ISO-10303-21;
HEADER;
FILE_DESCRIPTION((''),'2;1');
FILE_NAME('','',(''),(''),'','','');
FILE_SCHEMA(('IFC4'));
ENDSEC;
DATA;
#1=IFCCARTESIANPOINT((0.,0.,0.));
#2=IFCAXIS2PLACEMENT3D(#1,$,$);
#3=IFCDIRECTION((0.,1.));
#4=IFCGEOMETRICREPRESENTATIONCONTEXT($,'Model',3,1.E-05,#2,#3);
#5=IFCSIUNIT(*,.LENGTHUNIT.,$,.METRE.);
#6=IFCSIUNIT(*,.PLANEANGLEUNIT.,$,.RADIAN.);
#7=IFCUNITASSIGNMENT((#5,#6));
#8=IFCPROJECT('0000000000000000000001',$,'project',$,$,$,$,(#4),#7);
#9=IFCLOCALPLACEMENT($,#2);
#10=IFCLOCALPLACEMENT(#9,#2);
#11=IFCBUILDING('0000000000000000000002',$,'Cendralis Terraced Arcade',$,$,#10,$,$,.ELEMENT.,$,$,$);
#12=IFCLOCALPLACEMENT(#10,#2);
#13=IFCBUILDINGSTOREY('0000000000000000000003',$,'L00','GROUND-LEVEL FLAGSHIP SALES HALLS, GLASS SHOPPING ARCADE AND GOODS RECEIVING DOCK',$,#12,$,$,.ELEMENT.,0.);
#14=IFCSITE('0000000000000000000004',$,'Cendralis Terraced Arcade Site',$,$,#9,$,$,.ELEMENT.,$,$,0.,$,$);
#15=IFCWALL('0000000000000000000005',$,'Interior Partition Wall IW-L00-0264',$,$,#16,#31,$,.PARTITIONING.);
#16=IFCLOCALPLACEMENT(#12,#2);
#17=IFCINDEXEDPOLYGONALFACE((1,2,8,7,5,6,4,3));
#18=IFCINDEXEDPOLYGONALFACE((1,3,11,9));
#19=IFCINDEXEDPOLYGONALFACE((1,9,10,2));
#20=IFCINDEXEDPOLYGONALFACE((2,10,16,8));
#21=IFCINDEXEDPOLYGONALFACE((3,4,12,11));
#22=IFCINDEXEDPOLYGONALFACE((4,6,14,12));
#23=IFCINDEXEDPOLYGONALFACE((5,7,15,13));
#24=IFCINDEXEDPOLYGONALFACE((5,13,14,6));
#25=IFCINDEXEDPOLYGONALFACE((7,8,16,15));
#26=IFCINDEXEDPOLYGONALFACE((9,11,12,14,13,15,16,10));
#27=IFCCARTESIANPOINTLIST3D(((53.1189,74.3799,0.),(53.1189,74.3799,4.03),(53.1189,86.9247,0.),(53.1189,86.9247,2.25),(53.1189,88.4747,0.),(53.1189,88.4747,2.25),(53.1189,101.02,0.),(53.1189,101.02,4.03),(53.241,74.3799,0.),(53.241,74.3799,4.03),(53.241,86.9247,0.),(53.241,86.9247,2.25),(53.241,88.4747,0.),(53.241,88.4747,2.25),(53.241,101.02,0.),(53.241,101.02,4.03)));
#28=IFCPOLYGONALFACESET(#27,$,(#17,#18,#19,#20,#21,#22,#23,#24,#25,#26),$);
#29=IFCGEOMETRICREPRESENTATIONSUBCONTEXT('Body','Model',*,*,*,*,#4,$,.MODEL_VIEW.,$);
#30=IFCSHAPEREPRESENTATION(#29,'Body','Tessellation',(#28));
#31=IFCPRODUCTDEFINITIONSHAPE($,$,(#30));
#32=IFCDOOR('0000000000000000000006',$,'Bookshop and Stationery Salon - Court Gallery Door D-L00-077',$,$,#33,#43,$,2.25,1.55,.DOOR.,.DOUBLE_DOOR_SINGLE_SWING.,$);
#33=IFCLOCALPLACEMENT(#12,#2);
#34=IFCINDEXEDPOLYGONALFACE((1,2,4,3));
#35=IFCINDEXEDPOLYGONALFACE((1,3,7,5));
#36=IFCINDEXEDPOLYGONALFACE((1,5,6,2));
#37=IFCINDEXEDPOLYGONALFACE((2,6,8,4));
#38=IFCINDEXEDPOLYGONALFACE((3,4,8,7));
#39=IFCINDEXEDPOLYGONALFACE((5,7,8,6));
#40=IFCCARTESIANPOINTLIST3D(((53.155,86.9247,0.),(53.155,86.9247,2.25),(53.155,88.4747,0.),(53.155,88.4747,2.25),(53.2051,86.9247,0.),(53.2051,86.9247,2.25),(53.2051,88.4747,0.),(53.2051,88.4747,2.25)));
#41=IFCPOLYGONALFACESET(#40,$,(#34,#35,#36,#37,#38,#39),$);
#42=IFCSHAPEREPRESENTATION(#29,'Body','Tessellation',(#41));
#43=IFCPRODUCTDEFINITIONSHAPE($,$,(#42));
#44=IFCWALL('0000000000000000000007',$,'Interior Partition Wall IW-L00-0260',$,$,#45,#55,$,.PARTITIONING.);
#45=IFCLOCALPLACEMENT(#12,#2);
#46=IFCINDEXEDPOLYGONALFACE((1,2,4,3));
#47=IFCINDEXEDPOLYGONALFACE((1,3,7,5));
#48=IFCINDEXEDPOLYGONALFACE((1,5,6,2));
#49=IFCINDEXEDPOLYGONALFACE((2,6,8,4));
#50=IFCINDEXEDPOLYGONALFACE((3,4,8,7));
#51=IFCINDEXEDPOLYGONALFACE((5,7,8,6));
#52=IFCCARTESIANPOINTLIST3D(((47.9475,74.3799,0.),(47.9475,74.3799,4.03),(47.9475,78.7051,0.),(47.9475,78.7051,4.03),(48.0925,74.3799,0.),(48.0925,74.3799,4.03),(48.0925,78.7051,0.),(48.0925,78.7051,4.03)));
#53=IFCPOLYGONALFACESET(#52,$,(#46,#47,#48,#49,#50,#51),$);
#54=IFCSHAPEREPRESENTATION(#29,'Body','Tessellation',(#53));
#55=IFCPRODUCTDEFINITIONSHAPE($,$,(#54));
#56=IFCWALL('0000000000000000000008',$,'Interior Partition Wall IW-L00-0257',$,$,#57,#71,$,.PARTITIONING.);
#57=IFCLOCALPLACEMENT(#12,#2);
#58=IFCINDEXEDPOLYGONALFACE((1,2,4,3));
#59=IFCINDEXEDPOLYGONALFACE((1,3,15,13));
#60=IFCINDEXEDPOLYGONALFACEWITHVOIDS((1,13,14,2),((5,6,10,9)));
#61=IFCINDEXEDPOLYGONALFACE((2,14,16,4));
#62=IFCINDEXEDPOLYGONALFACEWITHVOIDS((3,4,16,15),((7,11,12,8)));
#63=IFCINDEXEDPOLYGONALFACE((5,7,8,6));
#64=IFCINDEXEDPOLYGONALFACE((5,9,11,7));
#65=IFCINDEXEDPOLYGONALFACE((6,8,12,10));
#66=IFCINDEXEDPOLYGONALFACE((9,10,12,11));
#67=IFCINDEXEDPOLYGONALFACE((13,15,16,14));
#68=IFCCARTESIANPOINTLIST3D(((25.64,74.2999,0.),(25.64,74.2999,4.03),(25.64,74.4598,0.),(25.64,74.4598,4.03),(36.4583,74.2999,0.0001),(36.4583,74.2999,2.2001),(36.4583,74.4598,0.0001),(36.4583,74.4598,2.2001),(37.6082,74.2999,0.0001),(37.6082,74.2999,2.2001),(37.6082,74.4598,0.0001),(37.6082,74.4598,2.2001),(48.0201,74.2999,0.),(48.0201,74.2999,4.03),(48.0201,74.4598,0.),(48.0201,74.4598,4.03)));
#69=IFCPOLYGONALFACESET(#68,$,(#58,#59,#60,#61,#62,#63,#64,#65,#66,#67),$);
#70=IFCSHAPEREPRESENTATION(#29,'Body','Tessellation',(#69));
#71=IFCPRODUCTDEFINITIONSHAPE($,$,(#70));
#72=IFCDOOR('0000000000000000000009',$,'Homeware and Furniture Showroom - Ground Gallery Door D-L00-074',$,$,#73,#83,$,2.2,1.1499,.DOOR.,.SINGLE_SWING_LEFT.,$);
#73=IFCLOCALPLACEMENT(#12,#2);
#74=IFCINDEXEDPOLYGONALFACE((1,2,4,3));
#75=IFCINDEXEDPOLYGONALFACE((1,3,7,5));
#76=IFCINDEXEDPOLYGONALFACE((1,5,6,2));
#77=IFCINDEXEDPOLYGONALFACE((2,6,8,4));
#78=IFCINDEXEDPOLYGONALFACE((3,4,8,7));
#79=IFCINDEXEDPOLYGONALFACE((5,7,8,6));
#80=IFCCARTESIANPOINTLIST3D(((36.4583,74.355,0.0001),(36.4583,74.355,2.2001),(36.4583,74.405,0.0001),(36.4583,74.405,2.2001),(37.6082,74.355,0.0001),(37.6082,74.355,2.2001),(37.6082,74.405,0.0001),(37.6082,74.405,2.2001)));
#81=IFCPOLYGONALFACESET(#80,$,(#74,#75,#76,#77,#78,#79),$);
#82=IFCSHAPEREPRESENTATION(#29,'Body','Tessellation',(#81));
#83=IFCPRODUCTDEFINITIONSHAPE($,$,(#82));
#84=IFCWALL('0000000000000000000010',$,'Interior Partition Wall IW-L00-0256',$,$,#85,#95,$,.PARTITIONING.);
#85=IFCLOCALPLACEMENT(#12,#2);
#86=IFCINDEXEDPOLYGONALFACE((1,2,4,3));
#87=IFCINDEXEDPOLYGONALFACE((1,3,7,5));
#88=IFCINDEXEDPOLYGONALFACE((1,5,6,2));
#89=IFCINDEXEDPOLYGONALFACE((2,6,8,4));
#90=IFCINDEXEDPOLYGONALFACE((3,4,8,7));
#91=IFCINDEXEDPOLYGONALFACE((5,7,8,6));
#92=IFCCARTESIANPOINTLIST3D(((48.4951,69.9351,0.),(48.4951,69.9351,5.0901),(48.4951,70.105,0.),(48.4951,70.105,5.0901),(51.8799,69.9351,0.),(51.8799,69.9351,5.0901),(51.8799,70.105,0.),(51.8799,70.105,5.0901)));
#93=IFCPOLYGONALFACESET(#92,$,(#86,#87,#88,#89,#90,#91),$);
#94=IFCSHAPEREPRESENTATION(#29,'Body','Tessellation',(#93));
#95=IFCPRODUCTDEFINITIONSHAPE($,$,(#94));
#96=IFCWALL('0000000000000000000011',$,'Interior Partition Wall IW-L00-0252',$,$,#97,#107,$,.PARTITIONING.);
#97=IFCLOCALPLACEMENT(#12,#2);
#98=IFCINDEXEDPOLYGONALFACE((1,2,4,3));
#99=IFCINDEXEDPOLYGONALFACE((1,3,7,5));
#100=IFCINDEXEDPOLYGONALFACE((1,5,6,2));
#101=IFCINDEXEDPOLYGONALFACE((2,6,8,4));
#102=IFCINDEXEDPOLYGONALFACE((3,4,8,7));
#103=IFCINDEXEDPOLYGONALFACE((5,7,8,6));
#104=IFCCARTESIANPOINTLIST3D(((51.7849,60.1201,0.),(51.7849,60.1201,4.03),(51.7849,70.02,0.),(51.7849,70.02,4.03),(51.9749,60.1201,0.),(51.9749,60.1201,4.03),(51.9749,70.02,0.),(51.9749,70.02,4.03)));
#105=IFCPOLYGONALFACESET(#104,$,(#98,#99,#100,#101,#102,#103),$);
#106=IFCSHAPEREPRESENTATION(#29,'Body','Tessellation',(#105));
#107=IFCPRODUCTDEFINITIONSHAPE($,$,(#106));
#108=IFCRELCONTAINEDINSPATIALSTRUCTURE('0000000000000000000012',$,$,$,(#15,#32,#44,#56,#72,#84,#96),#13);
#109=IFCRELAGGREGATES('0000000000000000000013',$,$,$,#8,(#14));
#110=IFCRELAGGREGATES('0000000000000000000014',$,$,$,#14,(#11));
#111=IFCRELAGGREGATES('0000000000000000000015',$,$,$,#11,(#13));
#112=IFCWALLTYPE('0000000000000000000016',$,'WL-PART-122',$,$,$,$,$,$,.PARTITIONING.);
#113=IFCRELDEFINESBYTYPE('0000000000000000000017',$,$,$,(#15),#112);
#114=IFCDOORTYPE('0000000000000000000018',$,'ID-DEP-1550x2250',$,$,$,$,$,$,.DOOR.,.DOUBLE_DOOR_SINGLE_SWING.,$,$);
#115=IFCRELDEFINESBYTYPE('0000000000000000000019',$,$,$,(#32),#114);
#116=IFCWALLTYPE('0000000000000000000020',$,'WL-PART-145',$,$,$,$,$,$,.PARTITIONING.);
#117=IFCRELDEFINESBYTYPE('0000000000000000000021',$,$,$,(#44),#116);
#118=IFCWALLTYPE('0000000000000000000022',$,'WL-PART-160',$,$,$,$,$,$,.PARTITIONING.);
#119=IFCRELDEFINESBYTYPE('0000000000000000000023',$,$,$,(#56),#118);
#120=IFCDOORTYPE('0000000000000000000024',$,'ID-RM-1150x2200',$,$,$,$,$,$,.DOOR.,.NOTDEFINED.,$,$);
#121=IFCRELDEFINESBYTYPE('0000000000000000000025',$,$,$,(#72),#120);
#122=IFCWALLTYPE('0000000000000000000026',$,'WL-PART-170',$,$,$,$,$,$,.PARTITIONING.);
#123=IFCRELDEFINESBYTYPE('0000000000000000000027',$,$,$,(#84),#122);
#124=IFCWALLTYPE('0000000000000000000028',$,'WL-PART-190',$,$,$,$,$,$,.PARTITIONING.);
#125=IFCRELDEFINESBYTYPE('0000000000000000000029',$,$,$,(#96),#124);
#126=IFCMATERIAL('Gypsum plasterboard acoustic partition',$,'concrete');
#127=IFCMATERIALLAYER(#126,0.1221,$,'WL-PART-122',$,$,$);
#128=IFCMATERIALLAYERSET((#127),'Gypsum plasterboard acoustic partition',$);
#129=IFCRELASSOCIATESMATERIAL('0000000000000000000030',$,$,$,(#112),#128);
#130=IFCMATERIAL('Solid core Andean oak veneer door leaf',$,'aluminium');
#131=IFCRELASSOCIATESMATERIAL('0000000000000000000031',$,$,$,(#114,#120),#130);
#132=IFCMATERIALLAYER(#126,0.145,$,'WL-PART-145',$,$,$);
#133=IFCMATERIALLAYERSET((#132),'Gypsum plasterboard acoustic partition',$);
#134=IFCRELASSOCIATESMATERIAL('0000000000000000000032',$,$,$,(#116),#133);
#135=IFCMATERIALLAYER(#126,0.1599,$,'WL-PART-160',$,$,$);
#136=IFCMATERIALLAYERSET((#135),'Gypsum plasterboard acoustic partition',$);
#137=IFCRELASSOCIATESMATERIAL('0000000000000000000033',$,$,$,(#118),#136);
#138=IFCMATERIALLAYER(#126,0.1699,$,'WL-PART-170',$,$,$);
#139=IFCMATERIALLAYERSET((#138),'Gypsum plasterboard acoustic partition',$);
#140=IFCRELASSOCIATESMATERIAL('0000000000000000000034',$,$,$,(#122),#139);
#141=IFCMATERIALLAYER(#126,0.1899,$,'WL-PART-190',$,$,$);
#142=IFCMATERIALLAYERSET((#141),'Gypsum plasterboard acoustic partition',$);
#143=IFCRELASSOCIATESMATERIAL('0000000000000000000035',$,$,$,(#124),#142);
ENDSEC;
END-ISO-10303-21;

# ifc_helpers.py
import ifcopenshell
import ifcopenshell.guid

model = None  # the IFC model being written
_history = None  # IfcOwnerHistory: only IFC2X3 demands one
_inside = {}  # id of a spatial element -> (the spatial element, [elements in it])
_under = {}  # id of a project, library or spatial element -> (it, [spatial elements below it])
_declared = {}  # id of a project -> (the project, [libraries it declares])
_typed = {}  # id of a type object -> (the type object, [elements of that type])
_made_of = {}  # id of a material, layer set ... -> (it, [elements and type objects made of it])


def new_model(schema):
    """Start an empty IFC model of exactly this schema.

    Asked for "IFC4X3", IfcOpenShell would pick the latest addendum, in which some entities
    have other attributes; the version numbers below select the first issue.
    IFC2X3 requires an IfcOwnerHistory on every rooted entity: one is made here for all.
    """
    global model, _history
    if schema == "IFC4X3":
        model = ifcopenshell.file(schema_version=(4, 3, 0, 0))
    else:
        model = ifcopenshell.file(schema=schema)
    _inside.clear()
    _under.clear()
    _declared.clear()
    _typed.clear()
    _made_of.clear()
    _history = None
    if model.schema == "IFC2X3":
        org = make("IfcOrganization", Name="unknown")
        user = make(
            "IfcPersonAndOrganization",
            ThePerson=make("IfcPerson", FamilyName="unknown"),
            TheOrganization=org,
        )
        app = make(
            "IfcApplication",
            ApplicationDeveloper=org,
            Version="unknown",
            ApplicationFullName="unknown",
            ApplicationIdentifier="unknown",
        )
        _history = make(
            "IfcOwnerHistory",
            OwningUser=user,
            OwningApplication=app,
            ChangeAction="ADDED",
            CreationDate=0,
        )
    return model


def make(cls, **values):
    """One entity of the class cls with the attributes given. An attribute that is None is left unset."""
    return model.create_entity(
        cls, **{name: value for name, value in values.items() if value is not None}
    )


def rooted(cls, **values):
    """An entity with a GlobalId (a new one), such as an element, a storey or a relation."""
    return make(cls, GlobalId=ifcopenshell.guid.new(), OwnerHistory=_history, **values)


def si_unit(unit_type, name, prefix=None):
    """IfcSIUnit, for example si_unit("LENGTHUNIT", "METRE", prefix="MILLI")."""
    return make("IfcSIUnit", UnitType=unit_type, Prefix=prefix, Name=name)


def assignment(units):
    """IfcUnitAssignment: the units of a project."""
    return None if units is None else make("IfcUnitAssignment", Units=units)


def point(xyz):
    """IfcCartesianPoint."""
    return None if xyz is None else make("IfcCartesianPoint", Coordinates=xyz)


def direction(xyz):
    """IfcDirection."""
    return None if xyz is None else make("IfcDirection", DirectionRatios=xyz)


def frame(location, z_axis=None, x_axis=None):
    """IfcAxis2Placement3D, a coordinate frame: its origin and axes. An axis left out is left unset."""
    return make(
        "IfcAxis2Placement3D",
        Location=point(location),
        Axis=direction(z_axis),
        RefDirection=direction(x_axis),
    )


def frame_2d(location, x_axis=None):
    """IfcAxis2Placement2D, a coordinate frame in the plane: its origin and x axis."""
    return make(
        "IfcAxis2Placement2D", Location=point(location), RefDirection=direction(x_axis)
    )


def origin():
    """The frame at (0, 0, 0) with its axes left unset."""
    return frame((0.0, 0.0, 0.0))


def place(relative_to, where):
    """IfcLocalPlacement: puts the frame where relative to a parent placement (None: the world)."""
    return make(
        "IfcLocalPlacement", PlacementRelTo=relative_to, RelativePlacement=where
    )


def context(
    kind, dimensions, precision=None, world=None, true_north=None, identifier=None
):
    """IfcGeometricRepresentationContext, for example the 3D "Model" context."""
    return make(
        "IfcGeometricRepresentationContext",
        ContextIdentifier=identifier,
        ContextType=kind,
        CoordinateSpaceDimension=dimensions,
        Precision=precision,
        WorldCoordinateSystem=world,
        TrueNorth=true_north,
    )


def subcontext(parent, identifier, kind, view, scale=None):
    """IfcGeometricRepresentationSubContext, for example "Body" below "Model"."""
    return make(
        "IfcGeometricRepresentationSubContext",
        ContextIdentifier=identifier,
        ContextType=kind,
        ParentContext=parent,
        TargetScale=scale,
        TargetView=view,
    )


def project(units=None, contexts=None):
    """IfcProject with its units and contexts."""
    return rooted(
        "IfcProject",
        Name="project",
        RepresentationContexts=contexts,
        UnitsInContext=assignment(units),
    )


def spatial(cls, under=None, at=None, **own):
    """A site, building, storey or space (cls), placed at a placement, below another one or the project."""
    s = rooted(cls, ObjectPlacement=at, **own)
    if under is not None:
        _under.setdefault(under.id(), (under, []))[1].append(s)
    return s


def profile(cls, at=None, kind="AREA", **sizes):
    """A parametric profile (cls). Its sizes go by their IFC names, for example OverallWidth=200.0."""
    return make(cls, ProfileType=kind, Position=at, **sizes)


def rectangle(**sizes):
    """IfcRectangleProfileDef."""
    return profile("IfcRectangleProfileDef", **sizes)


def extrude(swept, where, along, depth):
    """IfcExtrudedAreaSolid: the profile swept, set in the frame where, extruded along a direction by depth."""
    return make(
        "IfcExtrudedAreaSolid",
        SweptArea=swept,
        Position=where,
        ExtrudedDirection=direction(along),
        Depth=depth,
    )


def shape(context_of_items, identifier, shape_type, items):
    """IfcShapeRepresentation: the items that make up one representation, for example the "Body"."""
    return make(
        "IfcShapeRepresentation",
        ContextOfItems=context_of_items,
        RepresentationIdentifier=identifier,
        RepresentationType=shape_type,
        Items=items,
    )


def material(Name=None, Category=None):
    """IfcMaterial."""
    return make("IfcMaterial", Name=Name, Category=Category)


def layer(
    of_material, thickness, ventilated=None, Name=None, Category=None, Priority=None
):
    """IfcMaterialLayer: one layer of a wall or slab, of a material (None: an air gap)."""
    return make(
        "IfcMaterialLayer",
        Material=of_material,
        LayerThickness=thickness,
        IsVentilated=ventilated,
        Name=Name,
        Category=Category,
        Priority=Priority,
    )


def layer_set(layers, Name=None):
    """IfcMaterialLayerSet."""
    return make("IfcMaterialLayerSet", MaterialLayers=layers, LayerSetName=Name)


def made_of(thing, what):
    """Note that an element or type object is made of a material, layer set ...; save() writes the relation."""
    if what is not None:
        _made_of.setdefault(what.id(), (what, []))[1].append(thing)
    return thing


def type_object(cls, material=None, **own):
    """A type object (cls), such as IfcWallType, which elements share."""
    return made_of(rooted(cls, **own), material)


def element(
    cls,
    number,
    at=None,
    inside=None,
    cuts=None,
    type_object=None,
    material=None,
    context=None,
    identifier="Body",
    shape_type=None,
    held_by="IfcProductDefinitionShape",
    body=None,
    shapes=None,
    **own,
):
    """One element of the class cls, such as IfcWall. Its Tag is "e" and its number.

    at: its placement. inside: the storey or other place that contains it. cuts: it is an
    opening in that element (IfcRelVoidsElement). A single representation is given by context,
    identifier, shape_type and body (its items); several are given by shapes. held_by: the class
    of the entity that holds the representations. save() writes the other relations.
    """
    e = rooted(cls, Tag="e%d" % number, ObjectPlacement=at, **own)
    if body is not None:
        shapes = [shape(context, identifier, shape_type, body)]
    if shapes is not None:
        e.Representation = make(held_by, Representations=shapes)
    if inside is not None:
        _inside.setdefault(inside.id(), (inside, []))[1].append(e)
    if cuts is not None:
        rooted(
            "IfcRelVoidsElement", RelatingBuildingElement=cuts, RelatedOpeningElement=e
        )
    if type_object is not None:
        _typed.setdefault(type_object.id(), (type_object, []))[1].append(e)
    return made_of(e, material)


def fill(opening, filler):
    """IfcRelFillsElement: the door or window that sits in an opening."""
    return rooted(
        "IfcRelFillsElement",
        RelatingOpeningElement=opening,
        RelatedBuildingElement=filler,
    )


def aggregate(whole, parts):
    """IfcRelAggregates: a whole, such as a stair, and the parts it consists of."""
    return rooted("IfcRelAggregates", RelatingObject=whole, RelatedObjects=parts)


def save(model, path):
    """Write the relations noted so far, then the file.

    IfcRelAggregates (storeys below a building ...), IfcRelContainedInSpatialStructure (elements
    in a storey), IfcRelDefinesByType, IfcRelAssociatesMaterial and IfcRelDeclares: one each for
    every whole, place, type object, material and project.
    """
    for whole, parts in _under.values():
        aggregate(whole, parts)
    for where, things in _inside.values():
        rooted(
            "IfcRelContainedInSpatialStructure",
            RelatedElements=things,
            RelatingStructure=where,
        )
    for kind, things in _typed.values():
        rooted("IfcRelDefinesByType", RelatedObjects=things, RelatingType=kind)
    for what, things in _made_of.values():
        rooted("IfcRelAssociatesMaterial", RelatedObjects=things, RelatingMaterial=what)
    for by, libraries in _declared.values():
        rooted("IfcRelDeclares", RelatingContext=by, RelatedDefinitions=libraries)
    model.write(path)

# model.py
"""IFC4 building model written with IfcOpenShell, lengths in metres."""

from ifc_helpers import new_model, si_unit, direction, frame, frame_2d, origin, place, context, subcontext, project, spatial, rectangle, extrude, material, layer, layer_set, type_object, element, fill, save


model = new_model("IFC4")

# Units and contexts
model_context = context("Model", 3, precision=1e-05, world=origin(), true_north=direction((0.0, 1.0)))
body_context = subcontext(model_context, "Body", "Model", "MODEL_VIEW")
ifc_project = project(units=[si_unit("LENGTHUNIT", "METRE"), si_unit("PLANEANGLEUNIT", "RADIAN")], contexts=[model_context])

# Site, building, storey
site_placement = place(None, origin())
site = spatial("IfcSite", under=ifc_project, at=site_placement, Name="Cendralis Terraced Arcade Site", CompositionType="ELEMENT", RefElevation=0.0)
building_placement = place(site_placement, origin())
building = spatial("IfcBuilding", under=site, at=building_placement, Name="Cendralis Terraced Arcade", CompositionType="ELEMENT")
storey_placement = place(building_placement, origin())
storey = spatial("IfcBuildingStorey", under=building, at=storey_placement, Name="L00", Description="GROUND-LEVEL FLAGSHIP SALES HALLS, GLASS SHOPPING ARCADE AND GOODS RECEIVING DOCK", CompositionType="ELEMENT", Elevation=0.0)

# Shared definitions
ifc_material_1 = material(Name="Gypsum plasterboard acoustic partition", Category="concrete")

# Wall, opening, door
ifc_layer_1 = layer(ifc_material_1, 0.1221, Name="WL-PART-122")
ifc_layer_set_1 = layer_set([ifc_layer_1], Name="Gypsum plasterboard acoustic partition")
wall_type_1 = type_object("IfcWallType", Name="WL-PART-122", PredefinedType="PARTITIONING", material=ifc_layer_set_1)
wall_1_placement = place(storey_placement, frame((53.1799, 74.3799, 0.0), z_axis=(0.0, 0.0, 1.0), x_axis=(0.0, 1.0, 0.0)))
wall_1 = element("IfcWall", 1, at=wall_1_placement, inside=storey, type_object=wall_type_1, Name="Interior Partition Wall IW-L00-0264", PredefinedType="PARTITIONING", context=body_context, shape_type="SweptSolid", body=[
    extrude(rectangle(XDim=26.6401, YDim=0.1221, at=frame_2d((13.3201, 0.0))), origin(), (0.0, 0.0, 1.0), 4.03),
])
opening_1_placement = place(wall_1_placement, frame((12.5449, 0.0, 0.0)))
opening_1 = element("IfcOpeningElement", 2, at=opening_1_placement, cuts=wall_1, PredefinedType="OPENING", context=body_context, shape_type="SweptSolid", body=[
    extrude(rectangle(XDim=1.55, YDim=2.25, at=frame_2d((0.7749, 1.125))), frame((0.0, 0.073, 0.0), z_axis=(0.0, -1.0, 0.0), x_axis=(1.0, 0.0, 0.0)), (0.0, 0.0, 1.0), 0.146),
])
ifc_material_2 = material(Name="Solid core Andean oak veneer door leaf", Category="aluminium")
door_type_1 = type_object("IfcDoorType", Name="ID-DEP-1550x2250", OperationType="DOUBLE_DOOR_SINGLE_SWING", PredefinedType="DOOR", material=ifc_material_2)
door_1_placement = place(opening_1_placement, origin())
door_1 = element("IfcDoor", 3, at=door_1_placement, inside=storey, type_object=door_type_1, Name="Bookshop and Stationery Salon - Court Gallery Door D-L00-077", OperationType="DOUBLE_DOOR_SINGLE_SWING", OverallHeight=2.25, OverallWidth=1.55, PredefinedType="DOOR", context=body_context, shape_type="SweptSolid", body=[
    extrude(rectangle(XDim=1.55, YDim=2.25, at=frame_2d((0.7749, 1.125))), frame((0.0, 0.0249, 0.0), z_axis=(0.0, -1.0, 0.0), x_axis=(1.0, 0.0, 0.0)), (0.0, 0.0, 1.0), 0.05),
])
fill(opening_1, door_1)

# Wall
ifc_layer_2 = layer(ifc_material_1, 0.145, Name="WL-PART-145")
ifc_layer_set_2 = layer_set([ifc_layer_2], Name="Gypsum plasterboard acoustic partition")
wall_type_2 = type_object("IfcWallType", Name="WL-PART-145", PredefinedType="PARTITIONING", material=ifc_layer_set_2)
wall_2_placement = place(storey_placement, frame((48.02, 78.7051, 0.0), z_axis=(0.0, 0.0, 1.0), x_axis=(0.0, -1.0, 0.0)))
element("IfcWall", 4, at=wall_2_placement, inside=storey, type_object=wall_type_2, Name="Interior Partition Wall IW-L00-0260", PredefinedType="PARTITIONING", context=body_context, shape_type="SweptSolid", body=[
    extrude(rectangle(XDim=4.3252, YDim=0.145, at=frame_2d((2.1626, 0.0))), origin(), (0.0, 0.0, 1.0), 4.03),
])

# Wall, opening, door
ifc_layer_3 = layer(ifc_material_1, 0.1599, Name="WL-PART-160")
ifc_layer_set_3 = layer_set([ifc_layer_3], Name="Gypsum plasterboard acoustic partition")
wall_type_3 = type_object("IfcWallType", Name="WL-PART-160", PredefinedType="PARTITIONING", material=ifc_layer_set_3)
wall_3_placement = place(storey_placement, frame((48.02, 74.3799, 0.0), z_axis=(0.0, 0.0, 1.0), x_axis=(-1.0, 0.0, 0.0)))
wall_3 = element("IfcWall", 5, at=wall_3_placement, inside=storey, type_object=wall_type_3, Name="Interior Partition Wall IW-L00-0257", PredefinedType="PARTITIONING", context=body_context, shape_type="SweptSolid", body=[
    extrude(rectangle(XDim=22.3801, YDim=0.1599, at=frame_2d((11.1899, 0.0))), origin(), (0.0, 0.0, 1.0), 4.03),
])
opening_2_placement = place(wall_3_placement, frame((10.4119, 0.0, 0.0)))
opening_2 = element("IfcOpeningElement", 6, at=opening_2_placement, cuts=wall_3, PredefinedType="OPENING", context=body_context, shape_type="SweptSolid", body=[
    extrude(rectangle(XDim=1.1499, YDim=2.2, at=frame_2d((0.575, 1.1001))), frame((0.0, 0.0918, 0.0), z_axis=(0.0, -1.0, 0.0), x_axis=(1.0, 0.0, 0.0)), (0.0, 0.0, 1.0), 0.1838),
])
door_type_2 = type_object("IfcDoorType", Name="ID-RM-1150x2200", OperationType="NOTDEFINED", PredefinedType="DOOR", material=ifc_material_2)
door_2_placement = place(opening_2_placement, origin())
door_2 = element("IfcDoor", 7, at=door_2_placement, inside=storey, type_object=door_type_2, Name="Homeware and Furniture Showroom - Ground Gallery Door D-L00-074", OperationType="SINGLE_SWING_LEFT", OverallHeight=2.2, OverallWidth=1.1499, PredefinedType="DOOR", context=body_context, shape_type="SweptSolid", body=[
    extrude(rectangle(XDim=1.1499, YDim=2.2, at=frame_2d((0.575, 1.1001))), frame((0.0, 0.0249, 0.0), z_axis=(0.0, -1.0, 0.0), x_axis=(1.0, 0.0, 0.0)), (0.0, 0.0, 1.0), 0.05),
])
fill(opening_2, door_2)

# Walls
ifc_layer_4 = layer(ifc_material_1, 0.1699, Name="WL-PART-170")
ifc_layer_set_4 = layer_set([ifc_layer_4], Name="Gypsum plasterboard acoustic partition")
wall_type_4 = type_object("IfcWallType", Name="WL-PART-170", PredefinedType="PARTITIONING", material=ifc_layer_set_4)
wall_4_placement = place(storey_placement, frame((48.4951, 70.02, 0.0), z_axis=(0.0, 0.0, 1.0), x_axis=(1.0, 0.0, 0.0)))
element("IfcWall", 8, at=wall_4_placement, inside=storey, type_object=wall_type_4, Name="Interior Partition Wall IW-L00-0256", PredefinedType="PARTITIONING", context=body_context, shape_type="SweptSolid", body=[
    extrude(rectangle(XDim=3.3848, YDim=0.1699, at=frame_2d((1.6924, 0.0))), origin(), (0.0, 0.0, 1.0), 5.0901),
])
ifc_layer_5 = layer(ifc_material_1, 0.1899, Name="WL-PART-190")
ifc_layer_set_5 = layer_set([ifc_layer_5], Name="Gypsum plasterboard acoustic partition")
wall_type_5 = type_object("IfcWallType", Name="WL-PART-190", PredefinedType="PARTITIONING", material=ifc_layer_set_5)
wall_5_placement = place(storey_placement, frame((51.8799, 70.02, 0.0), z_axis=(0.0, 0.0, 1.0), x_axis=(0.0, -1.0, 0.0)))
element("IfcWall", 9, at=wall_5_placement, inside=storey, type_object=wall_type_5, Name="Interior Partition Wall IW-L00-0252", PredefinedType="PARTITIONING", context=body_context, shape_type="SweptSolid", body=[
    extrude(rectangle(XDim=9.8999, YDim=0.1899, at=frame_2d((4.95, 0.0))), origin(), (0.0, 0.0, 1.0), 4.03),
])

save(model, "model.ifc")
